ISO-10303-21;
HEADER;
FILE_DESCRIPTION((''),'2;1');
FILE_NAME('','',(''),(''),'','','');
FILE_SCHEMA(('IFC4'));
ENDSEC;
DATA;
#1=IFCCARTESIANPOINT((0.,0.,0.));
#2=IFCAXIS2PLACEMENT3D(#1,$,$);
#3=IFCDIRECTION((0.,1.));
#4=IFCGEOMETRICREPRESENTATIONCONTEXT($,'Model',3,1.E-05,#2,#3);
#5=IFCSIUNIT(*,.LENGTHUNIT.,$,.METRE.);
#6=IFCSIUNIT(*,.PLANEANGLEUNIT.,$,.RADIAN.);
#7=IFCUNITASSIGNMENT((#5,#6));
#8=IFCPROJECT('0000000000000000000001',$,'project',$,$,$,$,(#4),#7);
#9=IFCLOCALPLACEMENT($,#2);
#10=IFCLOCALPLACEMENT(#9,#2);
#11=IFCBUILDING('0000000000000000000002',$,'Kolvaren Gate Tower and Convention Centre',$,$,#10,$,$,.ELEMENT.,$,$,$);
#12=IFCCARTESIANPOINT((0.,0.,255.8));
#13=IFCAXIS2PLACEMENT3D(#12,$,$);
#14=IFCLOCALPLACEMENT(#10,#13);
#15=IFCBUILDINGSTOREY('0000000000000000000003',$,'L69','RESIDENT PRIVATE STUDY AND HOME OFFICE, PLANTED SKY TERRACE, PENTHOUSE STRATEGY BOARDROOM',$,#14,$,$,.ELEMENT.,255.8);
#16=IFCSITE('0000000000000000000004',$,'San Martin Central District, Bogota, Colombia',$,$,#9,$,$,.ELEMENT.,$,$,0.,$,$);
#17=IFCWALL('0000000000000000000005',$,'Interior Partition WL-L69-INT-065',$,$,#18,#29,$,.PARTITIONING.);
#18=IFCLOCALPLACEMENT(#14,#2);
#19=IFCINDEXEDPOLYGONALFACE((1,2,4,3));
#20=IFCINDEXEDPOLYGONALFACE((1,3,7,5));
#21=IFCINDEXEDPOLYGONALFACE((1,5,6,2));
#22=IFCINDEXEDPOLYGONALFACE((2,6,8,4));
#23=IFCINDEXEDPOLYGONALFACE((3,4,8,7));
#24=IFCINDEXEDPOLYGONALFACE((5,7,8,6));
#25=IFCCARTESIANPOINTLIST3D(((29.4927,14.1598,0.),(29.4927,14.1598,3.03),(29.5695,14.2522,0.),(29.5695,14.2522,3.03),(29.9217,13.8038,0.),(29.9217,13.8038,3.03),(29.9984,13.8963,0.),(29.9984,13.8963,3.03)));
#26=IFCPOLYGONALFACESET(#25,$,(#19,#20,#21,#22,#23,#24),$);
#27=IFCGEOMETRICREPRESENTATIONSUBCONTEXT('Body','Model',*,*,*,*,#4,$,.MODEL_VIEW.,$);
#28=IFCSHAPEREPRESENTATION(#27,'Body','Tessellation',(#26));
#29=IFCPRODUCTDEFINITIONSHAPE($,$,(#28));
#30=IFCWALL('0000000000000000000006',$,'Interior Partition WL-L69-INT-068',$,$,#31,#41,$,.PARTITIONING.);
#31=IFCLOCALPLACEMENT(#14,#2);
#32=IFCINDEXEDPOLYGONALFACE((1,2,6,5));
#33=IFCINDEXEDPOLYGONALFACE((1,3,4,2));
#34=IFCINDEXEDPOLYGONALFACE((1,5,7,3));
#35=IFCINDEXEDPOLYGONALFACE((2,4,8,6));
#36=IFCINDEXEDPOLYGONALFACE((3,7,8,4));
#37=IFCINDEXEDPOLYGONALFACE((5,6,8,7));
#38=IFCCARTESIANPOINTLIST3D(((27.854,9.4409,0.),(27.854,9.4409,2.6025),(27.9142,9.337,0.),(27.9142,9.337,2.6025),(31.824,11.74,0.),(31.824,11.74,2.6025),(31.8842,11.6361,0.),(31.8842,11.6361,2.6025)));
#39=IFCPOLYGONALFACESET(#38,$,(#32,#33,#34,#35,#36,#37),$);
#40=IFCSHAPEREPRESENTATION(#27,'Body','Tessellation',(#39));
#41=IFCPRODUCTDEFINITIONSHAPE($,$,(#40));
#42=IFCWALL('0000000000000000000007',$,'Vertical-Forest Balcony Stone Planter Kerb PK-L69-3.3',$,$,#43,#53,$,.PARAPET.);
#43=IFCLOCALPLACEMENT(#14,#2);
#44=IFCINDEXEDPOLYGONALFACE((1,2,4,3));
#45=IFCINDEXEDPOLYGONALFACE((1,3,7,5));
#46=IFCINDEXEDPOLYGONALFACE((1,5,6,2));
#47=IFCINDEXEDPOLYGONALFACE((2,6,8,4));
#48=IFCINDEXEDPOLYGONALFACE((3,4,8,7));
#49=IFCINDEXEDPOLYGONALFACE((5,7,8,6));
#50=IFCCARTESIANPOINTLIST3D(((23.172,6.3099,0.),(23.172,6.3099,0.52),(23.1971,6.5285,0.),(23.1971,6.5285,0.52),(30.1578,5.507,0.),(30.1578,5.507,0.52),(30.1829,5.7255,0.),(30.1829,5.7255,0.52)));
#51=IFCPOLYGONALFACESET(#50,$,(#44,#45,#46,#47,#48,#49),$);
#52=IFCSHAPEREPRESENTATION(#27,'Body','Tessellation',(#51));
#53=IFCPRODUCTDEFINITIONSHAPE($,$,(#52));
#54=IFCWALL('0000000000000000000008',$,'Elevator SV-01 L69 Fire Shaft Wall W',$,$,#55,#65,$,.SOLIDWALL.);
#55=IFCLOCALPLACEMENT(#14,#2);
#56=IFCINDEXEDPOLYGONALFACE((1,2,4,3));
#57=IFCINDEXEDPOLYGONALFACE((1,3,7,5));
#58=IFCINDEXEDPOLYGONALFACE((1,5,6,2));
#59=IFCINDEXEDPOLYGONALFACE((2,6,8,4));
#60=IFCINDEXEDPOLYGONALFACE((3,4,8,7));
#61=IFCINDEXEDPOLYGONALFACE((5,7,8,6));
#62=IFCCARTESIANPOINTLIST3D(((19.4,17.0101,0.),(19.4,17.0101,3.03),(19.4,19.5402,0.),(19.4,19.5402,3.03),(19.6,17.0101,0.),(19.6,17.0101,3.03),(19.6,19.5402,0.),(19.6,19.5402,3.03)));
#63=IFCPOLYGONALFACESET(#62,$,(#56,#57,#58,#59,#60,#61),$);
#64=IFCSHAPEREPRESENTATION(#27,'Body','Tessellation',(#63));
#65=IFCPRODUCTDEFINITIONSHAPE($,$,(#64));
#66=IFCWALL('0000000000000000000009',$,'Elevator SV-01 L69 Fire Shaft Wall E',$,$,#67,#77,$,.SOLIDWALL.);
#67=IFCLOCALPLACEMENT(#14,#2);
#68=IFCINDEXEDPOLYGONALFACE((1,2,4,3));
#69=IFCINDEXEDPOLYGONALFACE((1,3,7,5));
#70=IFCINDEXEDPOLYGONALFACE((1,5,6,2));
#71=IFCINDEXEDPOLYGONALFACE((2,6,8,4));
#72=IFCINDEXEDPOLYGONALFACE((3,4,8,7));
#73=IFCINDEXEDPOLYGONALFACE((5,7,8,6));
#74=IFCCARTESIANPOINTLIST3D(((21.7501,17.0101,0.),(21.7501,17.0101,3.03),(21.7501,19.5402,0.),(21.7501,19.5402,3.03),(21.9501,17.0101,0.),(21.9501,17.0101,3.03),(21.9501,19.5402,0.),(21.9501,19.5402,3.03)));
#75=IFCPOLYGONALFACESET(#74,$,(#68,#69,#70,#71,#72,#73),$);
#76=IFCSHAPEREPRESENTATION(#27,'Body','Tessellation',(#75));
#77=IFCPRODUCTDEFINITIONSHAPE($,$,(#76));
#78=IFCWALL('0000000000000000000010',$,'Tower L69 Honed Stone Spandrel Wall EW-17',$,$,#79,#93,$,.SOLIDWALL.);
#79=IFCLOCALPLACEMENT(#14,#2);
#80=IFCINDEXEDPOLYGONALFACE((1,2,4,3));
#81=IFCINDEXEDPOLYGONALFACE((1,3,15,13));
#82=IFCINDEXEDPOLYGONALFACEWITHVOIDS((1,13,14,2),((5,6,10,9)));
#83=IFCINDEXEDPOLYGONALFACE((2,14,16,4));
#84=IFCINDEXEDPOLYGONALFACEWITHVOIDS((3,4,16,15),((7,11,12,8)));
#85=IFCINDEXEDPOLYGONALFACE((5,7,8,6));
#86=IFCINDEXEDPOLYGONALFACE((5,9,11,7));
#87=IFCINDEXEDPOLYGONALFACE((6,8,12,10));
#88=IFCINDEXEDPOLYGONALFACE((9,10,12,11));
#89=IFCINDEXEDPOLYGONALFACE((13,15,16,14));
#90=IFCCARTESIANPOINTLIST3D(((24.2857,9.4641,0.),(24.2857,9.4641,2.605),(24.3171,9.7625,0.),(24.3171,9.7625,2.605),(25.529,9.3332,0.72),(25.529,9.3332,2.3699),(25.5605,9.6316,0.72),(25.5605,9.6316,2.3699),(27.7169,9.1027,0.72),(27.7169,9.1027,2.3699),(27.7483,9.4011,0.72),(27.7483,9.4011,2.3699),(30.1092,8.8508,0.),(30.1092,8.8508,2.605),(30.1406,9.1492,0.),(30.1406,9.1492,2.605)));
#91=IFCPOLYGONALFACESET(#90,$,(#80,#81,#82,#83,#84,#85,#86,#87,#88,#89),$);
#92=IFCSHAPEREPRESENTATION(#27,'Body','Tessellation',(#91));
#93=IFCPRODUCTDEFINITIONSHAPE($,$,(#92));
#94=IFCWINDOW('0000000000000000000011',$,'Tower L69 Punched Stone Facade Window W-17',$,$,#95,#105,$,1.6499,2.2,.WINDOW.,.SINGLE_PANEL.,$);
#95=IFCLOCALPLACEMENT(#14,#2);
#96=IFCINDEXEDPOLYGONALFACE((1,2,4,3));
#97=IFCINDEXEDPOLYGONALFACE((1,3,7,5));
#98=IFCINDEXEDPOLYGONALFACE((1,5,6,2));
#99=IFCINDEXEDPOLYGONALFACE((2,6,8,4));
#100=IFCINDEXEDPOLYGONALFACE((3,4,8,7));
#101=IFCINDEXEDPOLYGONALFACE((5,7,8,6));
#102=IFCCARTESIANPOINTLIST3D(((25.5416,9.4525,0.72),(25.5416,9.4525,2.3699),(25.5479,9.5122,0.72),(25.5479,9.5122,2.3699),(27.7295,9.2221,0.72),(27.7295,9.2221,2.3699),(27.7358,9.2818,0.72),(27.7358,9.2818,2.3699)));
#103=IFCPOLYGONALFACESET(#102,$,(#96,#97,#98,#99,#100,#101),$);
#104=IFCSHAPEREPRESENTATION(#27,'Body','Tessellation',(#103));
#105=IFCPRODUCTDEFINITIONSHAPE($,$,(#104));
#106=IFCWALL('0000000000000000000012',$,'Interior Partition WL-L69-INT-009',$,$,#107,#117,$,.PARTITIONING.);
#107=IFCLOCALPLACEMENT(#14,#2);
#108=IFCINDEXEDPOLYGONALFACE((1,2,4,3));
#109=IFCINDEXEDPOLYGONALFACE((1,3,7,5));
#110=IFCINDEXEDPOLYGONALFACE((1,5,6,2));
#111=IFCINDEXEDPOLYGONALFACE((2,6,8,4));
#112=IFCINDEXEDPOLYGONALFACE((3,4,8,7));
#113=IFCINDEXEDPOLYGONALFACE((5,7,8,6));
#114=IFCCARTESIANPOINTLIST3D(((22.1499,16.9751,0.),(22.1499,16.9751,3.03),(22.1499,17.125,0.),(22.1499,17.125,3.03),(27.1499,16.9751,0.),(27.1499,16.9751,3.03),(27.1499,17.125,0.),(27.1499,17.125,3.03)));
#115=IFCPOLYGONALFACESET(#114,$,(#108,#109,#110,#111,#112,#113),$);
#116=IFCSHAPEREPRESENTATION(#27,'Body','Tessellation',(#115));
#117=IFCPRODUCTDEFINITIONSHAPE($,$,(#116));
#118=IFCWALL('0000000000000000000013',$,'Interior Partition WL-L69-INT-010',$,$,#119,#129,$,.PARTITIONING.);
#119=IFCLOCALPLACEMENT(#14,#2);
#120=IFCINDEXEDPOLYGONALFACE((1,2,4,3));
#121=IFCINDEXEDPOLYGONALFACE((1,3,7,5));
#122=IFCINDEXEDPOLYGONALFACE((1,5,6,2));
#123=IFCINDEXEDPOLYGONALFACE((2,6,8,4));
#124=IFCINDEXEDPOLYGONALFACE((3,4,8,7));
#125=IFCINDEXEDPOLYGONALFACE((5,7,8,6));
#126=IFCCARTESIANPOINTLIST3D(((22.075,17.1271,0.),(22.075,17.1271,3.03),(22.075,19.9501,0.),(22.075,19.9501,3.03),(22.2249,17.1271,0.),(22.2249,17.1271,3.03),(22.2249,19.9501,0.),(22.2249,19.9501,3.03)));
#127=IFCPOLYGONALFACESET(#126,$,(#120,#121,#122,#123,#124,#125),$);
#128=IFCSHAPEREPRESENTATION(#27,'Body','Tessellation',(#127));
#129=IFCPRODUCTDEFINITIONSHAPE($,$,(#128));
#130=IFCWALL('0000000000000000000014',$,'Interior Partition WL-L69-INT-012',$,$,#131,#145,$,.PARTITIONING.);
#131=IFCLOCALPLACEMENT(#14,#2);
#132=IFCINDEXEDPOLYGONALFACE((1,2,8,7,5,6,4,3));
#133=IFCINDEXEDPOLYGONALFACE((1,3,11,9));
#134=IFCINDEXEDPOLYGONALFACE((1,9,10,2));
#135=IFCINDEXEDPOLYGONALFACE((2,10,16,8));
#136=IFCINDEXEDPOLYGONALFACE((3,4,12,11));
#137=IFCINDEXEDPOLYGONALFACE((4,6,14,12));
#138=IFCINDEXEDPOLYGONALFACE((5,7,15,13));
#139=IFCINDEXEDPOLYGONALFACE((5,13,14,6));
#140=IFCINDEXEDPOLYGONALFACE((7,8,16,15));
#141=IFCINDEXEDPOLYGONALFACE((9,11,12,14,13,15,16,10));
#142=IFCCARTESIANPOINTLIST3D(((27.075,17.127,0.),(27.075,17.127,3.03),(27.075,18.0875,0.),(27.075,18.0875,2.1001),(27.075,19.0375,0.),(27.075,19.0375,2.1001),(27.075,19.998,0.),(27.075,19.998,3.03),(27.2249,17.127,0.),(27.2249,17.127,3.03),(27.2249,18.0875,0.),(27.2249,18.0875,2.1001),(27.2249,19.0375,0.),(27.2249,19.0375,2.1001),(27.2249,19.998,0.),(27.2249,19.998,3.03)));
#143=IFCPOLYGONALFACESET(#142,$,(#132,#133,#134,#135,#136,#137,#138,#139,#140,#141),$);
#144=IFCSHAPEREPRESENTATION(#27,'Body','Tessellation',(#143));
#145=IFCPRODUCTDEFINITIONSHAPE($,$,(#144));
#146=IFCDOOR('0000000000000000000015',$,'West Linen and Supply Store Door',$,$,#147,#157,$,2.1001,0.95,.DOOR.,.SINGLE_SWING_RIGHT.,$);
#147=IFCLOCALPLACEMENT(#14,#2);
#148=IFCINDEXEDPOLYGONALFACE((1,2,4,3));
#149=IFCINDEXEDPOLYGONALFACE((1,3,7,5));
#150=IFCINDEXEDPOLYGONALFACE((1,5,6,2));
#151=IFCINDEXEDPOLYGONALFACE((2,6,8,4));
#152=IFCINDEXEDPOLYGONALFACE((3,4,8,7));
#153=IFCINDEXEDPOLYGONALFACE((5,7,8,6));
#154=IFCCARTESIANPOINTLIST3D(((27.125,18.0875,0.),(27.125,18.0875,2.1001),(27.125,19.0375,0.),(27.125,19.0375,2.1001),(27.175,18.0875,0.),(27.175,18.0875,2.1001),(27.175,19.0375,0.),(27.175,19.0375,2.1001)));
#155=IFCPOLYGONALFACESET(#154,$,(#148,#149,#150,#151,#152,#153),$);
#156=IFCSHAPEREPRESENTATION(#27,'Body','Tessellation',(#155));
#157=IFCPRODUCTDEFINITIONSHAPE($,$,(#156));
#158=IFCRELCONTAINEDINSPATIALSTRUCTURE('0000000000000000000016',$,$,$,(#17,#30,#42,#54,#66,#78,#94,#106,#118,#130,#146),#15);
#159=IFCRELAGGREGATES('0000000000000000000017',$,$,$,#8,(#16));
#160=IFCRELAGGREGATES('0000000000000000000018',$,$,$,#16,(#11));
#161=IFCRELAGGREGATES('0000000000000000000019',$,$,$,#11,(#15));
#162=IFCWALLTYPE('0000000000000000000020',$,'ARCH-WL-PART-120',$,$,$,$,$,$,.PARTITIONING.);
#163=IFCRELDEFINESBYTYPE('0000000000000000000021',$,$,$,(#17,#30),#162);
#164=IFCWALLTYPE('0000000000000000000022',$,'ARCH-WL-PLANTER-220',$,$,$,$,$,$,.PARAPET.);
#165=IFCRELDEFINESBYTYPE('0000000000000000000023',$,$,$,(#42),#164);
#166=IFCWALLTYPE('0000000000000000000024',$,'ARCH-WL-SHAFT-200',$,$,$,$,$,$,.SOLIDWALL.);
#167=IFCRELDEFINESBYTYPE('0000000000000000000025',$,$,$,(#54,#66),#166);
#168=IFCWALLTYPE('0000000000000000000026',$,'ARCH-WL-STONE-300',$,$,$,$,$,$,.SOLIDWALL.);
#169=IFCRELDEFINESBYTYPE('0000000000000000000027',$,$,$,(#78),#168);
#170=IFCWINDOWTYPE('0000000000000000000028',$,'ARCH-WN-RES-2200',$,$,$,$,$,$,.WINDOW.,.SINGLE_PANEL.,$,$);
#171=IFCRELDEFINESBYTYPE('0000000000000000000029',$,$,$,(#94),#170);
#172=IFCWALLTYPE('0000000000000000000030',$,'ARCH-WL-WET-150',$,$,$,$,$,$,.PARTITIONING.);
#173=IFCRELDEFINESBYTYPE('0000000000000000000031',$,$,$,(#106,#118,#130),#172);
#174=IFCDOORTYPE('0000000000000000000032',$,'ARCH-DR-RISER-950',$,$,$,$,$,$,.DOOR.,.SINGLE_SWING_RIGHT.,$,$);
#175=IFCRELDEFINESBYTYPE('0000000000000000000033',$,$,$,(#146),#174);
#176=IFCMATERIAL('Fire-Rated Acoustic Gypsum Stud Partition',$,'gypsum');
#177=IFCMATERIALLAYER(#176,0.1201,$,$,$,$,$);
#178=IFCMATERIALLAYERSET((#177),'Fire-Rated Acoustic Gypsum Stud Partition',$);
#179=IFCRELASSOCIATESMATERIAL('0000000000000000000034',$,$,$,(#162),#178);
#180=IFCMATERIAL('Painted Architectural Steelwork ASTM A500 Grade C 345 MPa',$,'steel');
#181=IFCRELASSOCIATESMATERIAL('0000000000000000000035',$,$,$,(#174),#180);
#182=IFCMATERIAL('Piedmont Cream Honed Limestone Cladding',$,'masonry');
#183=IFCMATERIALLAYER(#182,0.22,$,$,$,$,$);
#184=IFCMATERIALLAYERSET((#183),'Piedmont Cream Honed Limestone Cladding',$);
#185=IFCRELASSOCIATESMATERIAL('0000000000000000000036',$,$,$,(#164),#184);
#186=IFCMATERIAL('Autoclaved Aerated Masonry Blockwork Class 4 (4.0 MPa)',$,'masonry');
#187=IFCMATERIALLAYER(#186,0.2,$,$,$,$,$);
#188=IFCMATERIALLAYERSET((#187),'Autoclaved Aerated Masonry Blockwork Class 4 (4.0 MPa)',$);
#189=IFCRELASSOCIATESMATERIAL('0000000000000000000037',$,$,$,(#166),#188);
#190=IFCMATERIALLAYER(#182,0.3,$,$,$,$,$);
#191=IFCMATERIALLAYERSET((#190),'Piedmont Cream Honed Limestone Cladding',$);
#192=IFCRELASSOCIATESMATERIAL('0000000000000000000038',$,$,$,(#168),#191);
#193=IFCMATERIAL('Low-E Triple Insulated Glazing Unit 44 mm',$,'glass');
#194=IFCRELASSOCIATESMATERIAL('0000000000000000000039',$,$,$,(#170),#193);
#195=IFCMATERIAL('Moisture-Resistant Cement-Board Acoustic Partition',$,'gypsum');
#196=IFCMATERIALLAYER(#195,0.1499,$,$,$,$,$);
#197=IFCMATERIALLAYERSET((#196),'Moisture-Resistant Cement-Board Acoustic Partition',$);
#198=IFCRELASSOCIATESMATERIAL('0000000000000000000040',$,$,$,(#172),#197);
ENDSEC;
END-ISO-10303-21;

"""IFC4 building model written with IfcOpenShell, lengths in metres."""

from ifc_helpers import new_model, si_unit, direction, frame, frame_2d, origin, place, context, subcontext, project, spatial, rectangle, extrude, material, layer, layer_set, type_object, element, fill, save


model = new_model("IFC4")

# Units and contexts
model_context = context("Model", 3, precision=1e-05, world=origin(), true_north=direction((0.0, 1.0)))
body_context = subcontext(model_context, "Body", "Model", "MODEL_VIEW")
ifc_project = project(units=[si_unit("LENGTHUNIT", "METRE"), si_unit("PLANEANGLEUNIT", "RADIAN")], contexts=[model_context])

# Site, building, storey
site_placement = place(None, origin())
site = spatial("IfcSite", under=ifc_project, at=site_placement, Name="San Martin Central District, Bogota, Colombia", CompositionType="ELEMENT", RefElevation=0.0)
building_placement = place(site_placement, origin())
building = spatial("IfcBuilding", under=site, at=building_placement, Name="Kolvaren Gate Tower and Convention Centre", CompositionType="ELEMENT")
storey_placement = place(building_placement, frame((0.0, 0.0, 255.8)))
storey = spatial("IfcBuildingStorey", under=building, at=storey_placement, Name="L69", Description="RESIDENT PRIVATE STUDY AND HOME OFFICE, PLANTED SKY TERRACE, PENTHOUSE STRATEGY BOARDROOM", CompositionType="ELEMENT", Elevation=255.8)

# Shared definitions
ifc_material_1 = material(Name="Fire-Rated Acoustic Gypsum Stud Partition", Category="gypsum")
ifc_layer_1 = layer(ifc_material_1, 0.1201)
ifc_layer_set_1 = layer_set([ifc_layer_1], Name="Fire-Rated Acoustic Gypsum Stud Partition")
wall_type_1 = type_object("IfcWallType", Name="ARCH-WL-PART-120", PredefinedType="PARTITIONING", material=ifc_layer_set_1)

# Shared definitions
ifc_material_2 = material(Name="Painted Architectural Steelwork ASTM A500 Grade C 345 MPa", Category="steel")
door_type = type_object("IfcDoorType", Name="ARCH-DR-RISER-950", OperationType="SINGLE_SWING_RIGHT", PredefinedType="DOOR", material=ifc_material_2)

# Walls
wall_1_placement = place(storey_placement, frame((29.531, 14.2061, 0.0), z_axis=(0.0, 0.0, 1.0), x_axis=(0.769548, -0.638589, 0.0)))
element("IfcWall", 1, at=wall_1_placement, inside=storey, type_object=wall_type_1, Name="Interior Partition WL-L69-INT-065", PredefinedType="PARTITIONING", context=body_context, shape_type="SweptSolid", body=[
    extrude(rectangle(XDim=0.5574, YDim=0.1201, at=frame_2d((0.2788, 0.0))), origin(), (0.0, 0.0, 1.0), 3.03),
])
wall_2_placement = place(storey_placement, frame((27.884, 9.3889, 0.0), z_axis=(0.0, 0.0, 1.0), x_axis=(0.865363, 0.501145, 0.0)))
element("IfcWall", 2, at=wall_2_placement, inside=storey, type_object=wall_type_1, Name="Interior Partition WL-L69-INT-068", PredefinedType="PARTITIONING", context=body_context, shape_type="SweptSolid", body=[
    extrude(rectangle(XDim=4.5876, YDim=0.1201, at=frame_2d((2.2939, 0.0))), origin(), (0.0, 0.0, 1.0), 2.6025),
])
ifc_material_3 = material(Name="Piedmont Cream Honed Limestone Cladding", Category="masonry")
ifc_layer_2 = layer(ifc_material_3, 0.22)
ifc_layer_set_2 = layer_set([ifc_layer_2], Name="Piedmont Cream Honed Limestone Cladding")
wall_type_2 = type_object("IfcWallType", Name="ARCH-WL-PLANTER-220", PredefinedType="PARAPET", material=ifc_layer_set_2)
wall_3_placement = place(storey_placement, frame((23.1846, 6.4192, 0.0), z_axis=(0.0, 0.0, 1.0), x_axis=(0.993459, -0.114192, 0.0)))
element("IfcWall", 3, at=wall_3_placement, inside=storey, type_object=wall_type_2, Name="Vertical-Forest Balcony Stone Planter Kerb PK-L69-3.3", PredefinedType="PARAPET", context=body_context, shape_type="SweptSolid", body=[
    extrude(rectangle(XDim=7.0317, YDim=0.22, at=frame_2d((3.5159, 0.0))), origin(), (0.0, 0.0, 1.0), 0.52),
])
ifc_material_4 = material(Name="Autoclaved Aerated Masonry Blockwork Class 4 (4.0 MPa)", Category="masonry")
ifc_layer_3 = layer(ifc_material_4, 0.2)
ifc_layer_set_3 = layer_set([ifc_layer_3], Name="Autoclaved Aerated Masonry Blockwork Class 4 (4.0 MPa)")
wall_type_3 = type_object("IfcWallType", Name="ARCH-WL-SHAFT-200", PredefinedType="SOLIDWALL", material=ifc_layer_set_3)
for number, where, z_axis, x_axis, name in (
    (4, (19.5, 17.01, 0.0), (0.0, 0.0, 1.0), (0.0, 1.0, 0.0), "Elevator SV-01 L69 Fire Shaft Wall W"),
    (5, (21.8501, 17.01, 0.0), (0.0, 0.0, 1.0), (0.0, 1.0, 0.0), "Elevator SV-01 L69 Fire Shaft Wall E"),
):
    element("IfcWall", number, at=place(storey_placement, frame(where, z_axis=z_axis, x_axis=x_axis)), inside=storey, type_object=wall_type_3, Name=name, PredefinedType="SOLIDWALL", context=body_context, shape_type="SweptSolid", body=[
        extrude(rectangle(XDim=2.53, YDim=0.2, at=frame_2d((1.2651, 0.0))), origin(), (0.0, 0.0, 1.0), 3.03),
    ])

# Wall, opening, window
ifc_layer_4 = layer(ifc_material_3, 0.3)
ifc_layer_set_4 = layer_set([ifc_layer_4], Name="Piedmont Cream Honed Limestone Cladding")
wall_type_4 = type_object("IfcWallType", Name="ARCH-WL-STONE-300", PredefinedType="SOLIDWALL", material=ifc_layer_set_4)
wall_4_placement = place(storey_placement, frame((24.3015, 9.6133, 0.0), z_axis=(0.0, 0.0, 1.0), x_axis=(0.9945, -0.104733, 0.0)))
wall_4 = element("IfcWall", 6, at=wall_4_placement, inside=storey, type_object=wall_type_4, Name="Tower L69 Honed Stone Spandrel Wall EW-17", PredefinedType="SOLIDWALL", context=body_context, shape_type="SweptSolid", body=[
    extrude(rectangle(XDim=5.8557, YDim=0.3, at=frame_2d((2.9277, 0.0))), origin(), (0.0, 0.0, 1.0), 2.605),
])
opening_1_placement = place(wall_4_placement, frame((1.25, 0.0, 0.72)))
opening_1 = element("IfcOpeningElement", 7, at=opening_1_placement, cuts=wall_4, PredefinedType="OPENING", context=body_context, shape_type="SweptSolid", body=[
    extrude(rectangle(XDim=2.2, YDim=1.6499, at=frame_2d((1.1001, 0.825))), frame((0.0, 0.1599, 0.0), z_axis=(0.0, -1.0, 0.0), x_axis=(1.0, 0.0, 0.0)), (0.0, 0.0, 1.0), 0.3201),
])
ifc_material_5 = material(Name="Low-E Triple Insulated Glazing Unit 44 mm", Category="glass")
window_type = type_object("IfcWindowType", Name="ARCH-WN-RES-2200", PartitioningType="SINGLE_PANEL", PredefinedType="WINDOW", material=ifc_material_5)
window_placement = place(opening_1_placement, origin())
window = element("IfcWindow", 8, at=window_placement, inside=storey, type_object=window_type, Name="Tower L69 Punched Stone Facade Window W-17", OverallHeight=1.6499, OverallWidth=2.2, PartitioningType="SINGLE_PANEL", PredefinedType="WINDOW", context=body_context, shape_type="SweptSolid", body=[
    extrude(rectangle(XDim=2.2, YDim=1.6499, at=frame_2d((1.1001, 0.825))), frame((0.0, 0.03, 0.0), z_axis=(0.0, -1.0, 0.0), x_axis=(1.0, 0.0, 0.0)), (0.0, 0.0, 1.0), 0.0601),
])
fill(opening_1, window)

# Walls
ifc_material_6 = material(Name="Moisture-Resistant Cement-Board Acoustic Partition", Category="gypsum")
ifc_layer_5 = layer(ifc_material_6, 0.1499)
ifc_layer_set_5 = layer_set([ifc_layer_5], Name="Moisture-Resistant Cement-Board Acoustic Partition")
wall_type_5 = type_object("IfcWallType", Name="ARCH-WL-WET-150", PredefinedType="PARTITIONING", material=ifc_layer_set_5)
wall_5_placement = place(storey_placement, frame((22.1499, 17.05, 0.0), z_axis=(0.0, 0.0, 1.0), x_axis=(1.0, 0.0, 0.0)))
element("IfcWall", 9, at=wall_5_placement, inside=storey, type_object=wall_type_5, Name="Interior Partition WL-L69-INT-009", PredefinedType="PARTITIONING", context=body_context, shape_type="SweptSolid", body=[
    extrude(rectangle(XDim=5.0, YDim=0.1499, at=frame_2d((2.5, 0.0))), origin(), (0.0, 0.0, 1.0), 3.03),
])
wall_6_placement = place(storey_placement, frame((22.1499, 17.127, 0.0), z_axis=(0.0, 0.0, 1.0), x_axis=(0.0, 1.0, 0.0)))
element("IfcWall", 10, at=wall_6_placement, inside=storey, type_object=wall_type_5, Name="Interior Partition WL-L69-INT-010", PredefinedType="PARTITIONING", context=body_context, shape_type="SweptSolid", body=[
    extrude(rectangle(XDim=2.823, YDim=0.1499, at=frame_2d((1.4116, 0.0))), origin(), (0.0, 0.0, 1.0), 3.03),
])

# Wall, opening, door
wall_7_placement = place(storey_placement, frame((27.1499, 17.127, 0.0), z_axis=(0.0, 0.0, 1.0), x_axis=(0.0, 1.0, 0.0)))
wall_7 = element("IfcWall", 11, at=wall_7_placement, inside=storey, type_object=wall_type_5, Name="Interior Partition WL-L69-INT-012", PredefinedType="PARTITIONING", context=body_context, shape_type="SweptSolid", body=[
    extrude(rectangle(XDim=2.8711, YDim=0.1499, at=frame_2d((1.4355, 0.0))), origin(), (0.0, 0.0, 1.0), 3.03),
])
opening_2_placement = place(wall_7_placement, frame((0.9604, 0.0, 0.0)))
opening_2 = element("IfcOpeningElement", 12, at=opening_2_placement, cuts=wall_7, PredefinedType="OPENING", context=body_context, shape_type="SweptSolid", body=[
    extrude(rectangle(XDim=0.95, YDim=2.1001, at=frame_2d((0.4751, 1.05))), frame((0.0, 0.085, 0.0), z_axis=(0.0, -1.0, 0.0), x_axis=(1.0, 0.0, 0.0)), (0.0, 0.0, 1.0), 0.1699),
])
door_1_placement = place(opening_2_placement, origin())
door_1 = element("IfcDoor", 13, at=door_1_placement, inside=storey, type_object=door_type, Name="West Linen and Supply Store Door", OperationType="SINGLE_SWING_RIGHT", OverallHeight=2.1001, OverallWidth=0.95, PredefinedType="DOOR", context=body_context, shape_type="SweptSolid", body=[
    extrude(rectangle(XDim=0.95, YDim=2.1001, at=frame_2d((0.4751, 1.05))), frame((0.0, 0.0249, 0.0), z_axis=(0.0, -1.0, 0.0), x_axis=(1.0, 0.0, 0.0)), (0.0, 0.0, 1.0), 0.05),
])
fill(opening_2, door_1)

save(model, "model.ifc")
